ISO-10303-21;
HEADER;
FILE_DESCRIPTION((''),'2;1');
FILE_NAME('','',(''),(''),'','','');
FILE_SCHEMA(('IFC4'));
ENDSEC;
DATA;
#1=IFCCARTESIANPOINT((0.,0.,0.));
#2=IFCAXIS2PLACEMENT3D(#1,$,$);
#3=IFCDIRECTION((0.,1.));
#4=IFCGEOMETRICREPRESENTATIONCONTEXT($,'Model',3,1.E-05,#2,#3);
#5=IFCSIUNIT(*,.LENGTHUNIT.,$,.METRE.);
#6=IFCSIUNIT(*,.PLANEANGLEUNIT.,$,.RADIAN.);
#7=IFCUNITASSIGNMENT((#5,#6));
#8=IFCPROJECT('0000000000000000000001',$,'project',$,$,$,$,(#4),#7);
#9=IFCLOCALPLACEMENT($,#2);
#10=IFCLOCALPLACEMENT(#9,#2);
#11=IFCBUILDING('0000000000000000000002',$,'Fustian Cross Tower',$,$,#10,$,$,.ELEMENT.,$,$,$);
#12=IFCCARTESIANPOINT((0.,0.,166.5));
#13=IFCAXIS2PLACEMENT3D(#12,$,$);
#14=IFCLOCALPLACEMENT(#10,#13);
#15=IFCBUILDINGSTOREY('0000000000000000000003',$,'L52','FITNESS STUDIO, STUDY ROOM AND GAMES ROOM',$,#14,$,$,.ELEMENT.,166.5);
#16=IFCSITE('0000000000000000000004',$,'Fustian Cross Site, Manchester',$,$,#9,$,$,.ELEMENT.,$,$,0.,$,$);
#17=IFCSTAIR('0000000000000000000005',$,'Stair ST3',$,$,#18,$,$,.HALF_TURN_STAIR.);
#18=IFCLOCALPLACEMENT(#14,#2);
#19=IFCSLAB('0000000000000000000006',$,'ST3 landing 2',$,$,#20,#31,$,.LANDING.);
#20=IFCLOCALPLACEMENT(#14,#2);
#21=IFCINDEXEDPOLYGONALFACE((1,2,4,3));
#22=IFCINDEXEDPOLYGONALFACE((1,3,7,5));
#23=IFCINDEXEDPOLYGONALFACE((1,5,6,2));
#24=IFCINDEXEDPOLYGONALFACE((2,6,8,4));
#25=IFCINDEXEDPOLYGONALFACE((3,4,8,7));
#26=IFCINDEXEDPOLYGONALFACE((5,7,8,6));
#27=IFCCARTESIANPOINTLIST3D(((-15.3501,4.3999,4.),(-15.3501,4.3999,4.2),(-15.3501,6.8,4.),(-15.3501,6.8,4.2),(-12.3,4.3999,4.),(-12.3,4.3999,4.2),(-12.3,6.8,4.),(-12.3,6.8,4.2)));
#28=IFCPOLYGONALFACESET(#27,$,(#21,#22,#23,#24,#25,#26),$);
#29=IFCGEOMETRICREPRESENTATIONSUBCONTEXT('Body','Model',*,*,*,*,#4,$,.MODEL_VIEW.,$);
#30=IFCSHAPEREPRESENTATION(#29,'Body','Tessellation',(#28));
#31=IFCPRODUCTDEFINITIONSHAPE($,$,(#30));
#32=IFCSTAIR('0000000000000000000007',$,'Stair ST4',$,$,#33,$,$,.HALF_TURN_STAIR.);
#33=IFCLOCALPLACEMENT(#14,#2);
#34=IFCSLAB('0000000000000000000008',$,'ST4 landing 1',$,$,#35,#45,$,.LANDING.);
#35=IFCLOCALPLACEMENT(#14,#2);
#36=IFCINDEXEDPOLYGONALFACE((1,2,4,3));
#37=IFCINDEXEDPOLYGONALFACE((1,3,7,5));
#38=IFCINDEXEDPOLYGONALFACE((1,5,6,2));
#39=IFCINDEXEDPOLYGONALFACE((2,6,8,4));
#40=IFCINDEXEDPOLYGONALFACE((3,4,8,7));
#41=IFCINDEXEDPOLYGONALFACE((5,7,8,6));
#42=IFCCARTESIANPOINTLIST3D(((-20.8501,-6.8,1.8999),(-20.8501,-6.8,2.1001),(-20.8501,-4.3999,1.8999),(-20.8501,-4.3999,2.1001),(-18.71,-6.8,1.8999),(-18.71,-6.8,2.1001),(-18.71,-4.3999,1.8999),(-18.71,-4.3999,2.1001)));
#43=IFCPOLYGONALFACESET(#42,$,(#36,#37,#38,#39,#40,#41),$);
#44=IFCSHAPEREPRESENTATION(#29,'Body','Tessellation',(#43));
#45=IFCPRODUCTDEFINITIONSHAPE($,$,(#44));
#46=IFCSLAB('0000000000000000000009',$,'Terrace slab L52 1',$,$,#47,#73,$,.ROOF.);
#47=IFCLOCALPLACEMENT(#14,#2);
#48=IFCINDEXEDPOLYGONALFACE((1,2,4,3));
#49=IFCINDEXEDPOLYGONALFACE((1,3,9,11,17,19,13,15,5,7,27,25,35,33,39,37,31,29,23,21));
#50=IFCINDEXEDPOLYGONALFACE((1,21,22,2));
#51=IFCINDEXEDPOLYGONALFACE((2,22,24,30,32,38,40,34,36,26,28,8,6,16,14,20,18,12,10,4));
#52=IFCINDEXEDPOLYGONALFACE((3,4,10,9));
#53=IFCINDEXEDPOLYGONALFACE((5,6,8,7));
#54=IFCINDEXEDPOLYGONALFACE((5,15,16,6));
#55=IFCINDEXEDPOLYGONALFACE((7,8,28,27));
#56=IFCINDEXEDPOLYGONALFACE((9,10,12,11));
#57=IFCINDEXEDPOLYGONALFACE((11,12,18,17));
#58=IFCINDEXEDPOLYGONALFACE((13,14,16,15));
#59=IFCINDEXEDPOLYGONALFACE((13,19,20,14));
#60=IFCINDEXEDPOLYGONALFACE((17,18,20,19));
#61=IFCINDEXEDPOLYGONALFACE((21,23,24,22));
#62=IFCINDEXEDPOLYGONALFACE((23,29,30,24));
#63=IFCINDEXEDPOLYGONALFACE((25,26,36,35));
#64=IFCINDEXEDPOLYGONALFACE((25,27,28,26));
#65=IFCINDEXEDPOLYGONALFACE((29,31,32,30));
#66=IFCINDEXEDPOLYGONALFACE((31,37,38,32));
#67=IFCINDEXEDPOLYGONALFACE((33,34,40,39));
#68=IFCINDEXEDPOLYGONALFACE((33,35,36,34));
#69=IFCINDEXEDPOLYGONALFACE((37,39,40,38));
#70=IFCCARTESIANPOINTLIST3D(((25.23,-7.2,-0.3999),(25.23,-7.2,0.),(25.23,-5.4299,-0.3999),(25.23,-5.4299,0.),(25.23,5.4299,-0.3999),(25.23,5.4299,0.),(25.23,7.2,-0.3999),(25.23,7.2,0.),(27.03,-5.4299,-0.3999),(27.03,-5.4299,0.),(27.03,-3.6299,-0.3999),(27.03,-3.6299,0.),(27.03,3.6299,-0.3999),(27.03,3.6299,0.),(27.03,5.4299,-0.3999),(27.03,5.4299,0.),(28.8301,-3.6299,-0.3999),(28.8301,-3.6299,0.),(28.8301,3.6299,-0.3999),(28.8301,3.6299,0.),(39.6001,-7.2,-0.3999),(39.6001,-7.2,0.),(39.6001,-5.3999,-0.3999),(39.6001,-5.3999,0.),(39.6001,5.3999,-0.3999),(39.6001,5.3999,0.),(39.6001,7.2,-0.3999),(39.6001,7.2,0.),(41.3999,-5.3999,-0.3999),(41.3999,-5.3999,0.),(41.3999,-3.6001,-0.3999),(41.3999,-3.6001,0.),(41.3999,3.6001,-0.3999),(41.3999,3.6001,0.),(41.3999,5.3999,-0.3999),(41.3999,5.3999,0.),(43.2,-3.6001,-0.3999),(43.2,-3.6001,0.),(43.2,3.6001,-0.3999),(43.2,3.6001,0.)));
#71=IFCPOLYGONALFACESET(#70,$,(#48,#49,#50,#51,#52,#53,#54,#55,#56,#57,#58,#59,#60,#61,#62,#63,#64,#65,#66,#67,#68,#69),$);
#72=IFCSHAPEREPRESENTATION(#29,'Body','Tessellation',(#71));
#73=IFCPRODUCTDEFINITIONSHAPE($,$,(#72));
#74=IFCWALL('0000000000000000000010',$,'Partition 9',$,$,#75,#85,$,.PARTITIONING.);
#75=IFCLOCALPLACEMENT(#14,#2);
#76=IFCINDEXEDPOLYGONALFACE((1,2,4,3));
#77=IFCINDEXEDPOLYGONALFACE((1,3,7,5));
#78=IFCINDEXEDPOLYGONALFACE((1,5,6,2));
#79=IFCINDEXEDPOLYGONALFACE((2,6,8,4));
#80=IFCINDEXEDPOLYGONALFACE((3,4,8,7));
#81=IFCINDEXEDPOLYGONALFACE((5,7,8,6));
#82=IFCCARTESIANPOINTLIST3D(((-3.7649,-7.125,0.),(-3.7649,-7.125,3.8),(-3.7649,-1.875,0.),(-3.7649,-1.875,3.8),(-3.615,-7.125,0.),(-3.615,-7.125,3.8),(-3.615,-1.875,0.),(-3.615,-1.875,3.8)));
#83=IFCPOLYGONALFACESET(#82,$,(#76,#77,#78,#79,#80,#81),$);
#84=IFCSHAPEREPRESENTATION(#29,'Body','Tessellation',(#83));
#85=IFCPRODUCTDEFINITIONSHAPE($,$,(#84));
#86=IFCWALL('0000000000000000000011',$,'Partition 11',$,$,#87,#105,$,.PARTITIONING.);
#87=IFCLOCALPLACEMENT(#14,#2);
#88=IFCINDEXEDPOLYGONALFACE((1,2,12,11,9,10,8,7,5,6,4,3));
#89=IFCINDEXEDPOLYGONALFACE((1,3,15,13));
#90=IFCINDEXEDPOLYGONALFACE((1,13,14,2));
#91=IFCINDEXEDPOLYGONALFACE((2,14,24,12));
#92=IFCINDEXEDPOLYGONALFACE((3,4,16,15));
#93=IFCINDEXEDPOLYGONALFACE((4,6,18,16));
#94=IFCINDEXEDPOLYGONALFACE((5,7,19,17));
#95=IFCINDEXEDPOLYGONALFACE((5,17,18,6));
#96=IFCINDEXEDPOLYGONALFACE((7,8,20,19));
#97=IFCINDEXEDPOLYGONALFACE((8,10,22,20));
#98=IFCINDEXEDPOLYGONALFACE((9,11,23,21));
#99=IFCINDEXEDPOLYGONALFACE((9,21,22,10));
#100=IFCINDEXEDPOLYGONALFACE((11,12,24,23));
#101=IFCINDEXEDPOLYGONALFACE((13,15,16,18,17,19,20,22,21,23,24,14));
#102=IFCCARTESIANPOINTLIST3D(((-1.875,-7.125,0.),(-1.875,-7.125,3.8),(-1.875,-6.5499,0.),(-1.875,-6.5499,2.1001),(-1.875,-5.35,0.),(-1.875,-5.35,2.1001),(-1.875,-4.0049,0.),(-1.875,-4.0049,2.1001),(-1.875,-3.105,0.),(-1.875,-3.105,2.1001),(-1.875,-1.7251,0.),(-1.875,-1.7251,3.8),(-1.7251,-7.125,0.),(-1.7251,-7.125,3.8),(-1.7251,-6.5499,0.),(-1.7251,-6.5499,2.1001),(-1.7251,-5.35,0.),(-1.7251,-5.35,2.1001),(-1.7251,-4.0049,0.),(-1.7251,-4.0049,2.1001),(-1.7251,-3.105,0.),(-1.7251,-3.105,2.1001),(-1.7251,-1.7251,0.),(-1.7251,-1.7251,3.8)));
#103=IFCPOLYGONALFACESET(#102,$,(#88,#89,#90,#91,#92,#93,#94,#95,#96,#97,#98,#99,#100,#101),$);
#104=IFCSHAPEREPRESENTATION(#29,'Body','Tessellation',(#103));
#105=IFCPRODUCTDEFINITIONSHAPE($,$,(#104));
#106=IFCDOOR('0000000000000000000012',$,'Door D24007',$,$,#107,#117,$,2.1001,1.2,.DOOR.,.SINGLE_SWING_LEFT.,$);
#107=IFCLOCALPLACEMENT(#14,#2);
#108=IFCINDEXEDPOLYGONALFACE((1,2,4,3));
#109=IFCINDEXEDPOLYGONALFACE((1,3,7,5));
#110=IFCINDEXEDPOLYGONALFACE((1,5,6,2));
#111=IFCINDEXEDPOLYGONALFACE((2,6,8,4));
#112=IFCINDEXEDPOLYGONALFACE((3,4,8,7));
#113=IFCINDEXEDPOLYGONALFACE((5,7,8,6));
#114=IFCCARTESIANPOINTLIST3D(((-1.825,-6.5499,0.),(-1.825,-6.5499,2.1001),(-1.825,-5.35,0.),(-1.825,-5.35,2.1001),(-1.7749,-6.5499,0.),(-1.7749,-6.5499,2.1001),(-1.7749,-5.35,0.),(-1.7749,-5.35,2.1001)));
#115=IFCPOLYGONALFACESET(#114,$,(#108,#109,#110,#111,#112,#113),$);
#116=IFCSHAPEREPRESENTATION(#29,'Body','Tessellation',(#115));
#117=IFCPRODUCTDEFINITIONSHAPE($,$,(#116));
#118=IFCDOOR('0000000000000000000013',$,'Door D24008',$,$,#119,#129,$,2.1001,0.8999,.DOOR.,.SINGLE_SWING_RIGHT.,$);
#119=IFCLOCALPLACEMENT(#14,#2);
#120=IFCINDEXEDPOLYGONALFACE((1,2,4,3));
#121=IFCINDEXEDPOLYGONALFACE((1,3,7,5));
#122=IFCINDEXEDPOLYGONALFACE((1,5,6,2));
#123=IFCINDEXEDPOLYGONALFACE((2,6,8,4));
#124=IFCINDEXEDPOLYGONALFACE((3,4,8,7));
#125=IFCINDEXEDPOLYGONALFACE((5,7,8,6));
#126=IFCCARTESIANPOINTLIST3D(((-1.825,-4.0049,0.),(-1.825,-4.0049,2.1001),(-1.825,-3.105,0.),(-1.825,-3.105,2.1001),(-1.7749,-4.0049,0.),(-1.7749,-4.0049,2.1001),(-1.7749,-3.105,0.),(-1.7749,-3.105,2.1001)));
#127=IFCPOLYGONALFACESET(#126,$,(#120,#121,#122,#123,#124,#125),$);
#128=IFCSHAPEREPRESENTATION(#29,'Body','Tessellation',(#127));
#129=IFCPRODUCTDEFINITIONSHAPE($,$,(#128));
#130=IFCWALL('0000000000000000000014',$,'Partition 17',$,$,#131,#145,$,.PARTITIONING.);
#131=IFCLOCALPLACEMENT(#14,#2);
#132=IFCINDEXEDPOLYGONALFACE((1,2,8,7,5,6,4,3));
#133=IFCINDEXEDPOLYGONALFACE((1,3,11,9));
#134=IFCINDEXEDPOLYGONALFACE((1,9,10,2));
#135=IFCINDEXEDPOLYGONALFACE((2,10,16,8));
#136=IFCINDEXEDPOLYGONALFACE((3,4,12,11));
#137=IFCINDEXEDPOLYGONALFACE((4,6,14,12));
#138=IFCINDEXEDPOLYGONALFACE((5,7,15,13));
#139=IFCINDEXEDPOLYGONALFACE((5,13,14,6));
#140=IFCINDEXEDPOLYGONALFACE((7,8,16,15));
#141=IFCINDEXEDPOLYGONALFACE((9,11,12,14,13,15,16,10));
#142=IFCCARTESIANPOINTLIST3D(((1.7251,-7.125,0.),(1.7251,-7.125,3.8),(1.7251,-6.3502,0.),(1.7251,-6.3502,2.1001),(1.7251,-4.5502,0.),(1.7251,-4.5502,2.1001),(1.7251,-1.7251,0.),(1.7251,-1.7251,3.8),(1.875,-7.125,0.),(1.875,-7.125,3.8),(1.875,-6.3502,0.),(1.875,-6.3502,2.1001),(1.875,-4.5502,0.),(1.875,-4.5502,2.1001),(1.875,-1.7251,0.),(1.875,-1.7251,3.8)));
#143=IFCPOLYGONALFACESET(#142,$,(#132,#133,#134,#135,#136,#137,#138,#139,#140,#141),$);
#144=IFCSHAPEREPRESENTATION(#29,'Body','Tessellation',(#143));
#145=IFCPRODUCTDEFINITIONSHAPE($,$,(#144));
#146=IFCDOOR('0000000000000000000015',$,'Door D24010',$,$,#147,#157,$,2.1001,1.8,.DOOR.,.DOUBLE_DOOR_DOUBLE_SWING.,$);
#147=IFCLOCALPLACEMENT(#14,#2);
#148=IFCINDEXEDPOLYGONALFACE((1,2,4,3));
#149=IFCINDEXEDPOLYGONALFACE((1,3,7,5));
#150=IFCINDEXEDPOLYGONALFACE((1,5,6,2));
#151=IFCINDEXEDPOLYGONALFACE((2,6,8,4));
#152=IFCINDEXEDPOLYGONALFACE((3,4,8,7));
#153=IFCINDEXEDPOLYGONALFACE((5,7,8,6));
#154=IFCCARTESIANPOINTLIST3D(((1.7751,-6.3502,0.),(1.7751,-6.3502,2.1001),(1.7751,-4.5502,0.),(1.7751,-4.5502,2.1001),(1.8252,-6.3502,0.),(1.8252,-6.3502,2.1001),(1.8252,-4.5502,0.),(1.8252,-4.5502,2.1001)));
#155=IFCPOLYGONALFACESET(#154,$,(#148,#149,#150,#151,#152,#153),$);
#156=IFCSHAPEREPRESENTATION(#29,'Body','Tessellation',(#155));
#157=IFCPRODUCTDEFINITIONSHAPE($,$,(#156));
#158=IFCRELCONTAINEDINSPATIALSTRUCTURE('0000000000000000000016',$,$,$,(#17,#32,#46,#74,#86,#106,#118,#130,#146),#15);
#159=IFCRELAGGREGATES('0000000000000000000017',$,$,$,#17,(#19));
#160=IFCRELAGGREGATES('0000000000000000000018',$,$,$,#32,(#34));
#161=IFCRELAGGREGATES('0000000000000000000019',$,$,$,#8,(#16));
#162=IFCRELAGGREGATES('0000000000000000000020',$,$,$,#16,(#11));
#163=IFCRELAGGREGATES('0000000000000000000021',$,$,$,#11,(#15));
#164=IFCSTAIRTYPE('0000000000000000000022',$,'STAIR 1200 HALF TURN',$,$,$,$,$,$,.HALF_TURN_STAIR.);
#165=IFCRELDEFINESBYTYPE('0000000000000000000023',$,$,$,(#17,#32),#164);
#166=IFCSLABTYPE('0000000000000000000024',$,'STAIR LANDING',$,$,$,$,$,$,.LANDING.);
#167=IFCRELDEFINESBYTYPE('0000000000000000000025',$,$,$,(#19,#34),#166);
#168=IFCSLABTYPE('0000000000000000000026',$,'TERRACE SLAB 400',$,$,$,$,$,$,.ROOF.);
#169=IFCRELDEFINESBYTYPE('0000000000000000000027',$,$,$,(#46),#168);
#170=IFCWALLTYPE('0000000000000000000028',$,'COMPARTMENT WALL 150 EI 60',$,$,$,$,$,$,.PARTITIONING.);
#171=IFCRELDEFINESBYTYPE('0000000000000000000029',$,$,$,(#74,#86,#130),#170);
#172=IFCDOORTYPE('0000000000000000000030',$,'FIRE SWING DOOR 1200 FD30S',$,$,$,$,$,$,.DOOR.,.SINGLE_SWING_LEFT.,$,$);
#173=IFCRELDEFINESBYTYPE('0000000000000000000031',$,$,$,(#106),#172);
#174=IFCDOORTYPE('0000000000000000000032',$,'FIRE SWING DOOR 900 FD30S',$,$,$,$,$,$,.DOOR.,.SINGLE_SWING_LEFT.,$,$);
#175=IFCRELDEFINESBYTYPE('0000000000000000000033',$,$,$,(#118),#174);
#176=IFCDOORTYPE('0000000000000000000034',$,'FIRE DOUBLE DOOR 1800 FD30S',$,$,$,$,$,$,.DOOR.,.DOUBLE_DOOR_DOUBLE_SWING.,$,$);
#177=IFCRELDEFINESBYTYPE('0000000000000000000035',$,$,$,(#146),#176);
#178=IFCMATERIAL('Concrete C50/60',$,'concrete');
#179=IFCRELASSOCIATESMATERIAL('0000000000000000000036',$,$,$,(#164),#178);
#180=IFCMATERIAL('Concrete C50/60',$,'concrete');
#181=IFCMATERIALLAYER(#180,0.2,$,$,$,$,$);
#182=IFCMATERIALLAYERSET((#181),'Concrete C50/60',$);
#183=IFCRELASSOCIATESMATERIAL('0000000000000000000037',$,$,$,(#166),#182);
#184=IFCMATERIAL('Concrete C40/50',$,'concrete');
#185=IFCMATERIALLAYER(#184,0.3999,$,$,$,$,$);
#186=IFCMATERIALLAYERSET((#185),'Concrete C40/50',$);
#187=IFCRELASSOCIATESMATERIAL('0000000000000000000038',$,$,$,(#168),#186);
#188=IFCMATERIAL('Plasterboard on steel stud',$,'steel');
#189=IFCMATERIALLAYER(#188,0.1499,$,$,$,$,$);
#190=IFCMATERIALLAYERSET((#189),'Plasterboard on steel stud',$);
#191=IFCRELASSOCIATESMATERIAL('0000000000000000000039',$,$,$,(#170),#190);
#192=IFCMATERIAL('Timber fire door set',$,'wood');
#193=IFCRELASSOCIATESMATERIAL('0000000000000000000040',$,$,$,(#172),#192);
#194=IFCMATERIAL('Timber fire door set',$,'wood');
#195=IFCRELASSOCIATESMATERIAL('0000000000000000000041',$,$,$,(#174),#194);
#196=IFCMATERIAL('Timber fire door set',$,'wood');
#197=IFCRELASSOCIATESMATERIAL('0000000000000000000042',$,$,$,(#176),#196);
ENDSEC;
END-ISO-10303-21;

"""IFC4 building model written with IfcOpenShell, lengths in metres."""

from ifc_helpers import new_model, si_unit, direction, frame, frame_2d, origin, place, context, subcontext, project, spatial, polyline, rectangle, outline, extrude, material, layer, layer_set, type_object, element, fill, aggregate, save


model = new_model("IFC4")

# Units and contexts
model_context = context("Model", 3, precision=1e-05, world=origin(), true_north=direction((0.0, 1.0)))
body_context = subcontext(model_context, "Body", "Model", "MODEL_VIEW")
ifc_project = project(units=[si_unit("LENGTHUNIT", "METRE"), si_unit("PLANEANGLEUNIT", "RADIAN")], contexts=[model_context])

# Site, building, storey
site_placement = place(None, origin())
site = spatial("IfcSite", under=ifc_project, at=site_placement, Name="Fustian Cross Site, Manchester", CompositionType="ELEMENT", RefElevation=0.0)
building_placement = place(site_placement, origin())
building = spatial("IfcBuilding", under=site, at=building_placement, Name="Fustian Cross Tower", CompositionType="ELEMENT")
storey_placement = place(building_placement, frame((0.0, 0.0, 166.5)))
storey = spatial("IfcBuildingStorey", under=building, at=storey_placement, Name="L52", Description="FITNESS STUDIO, STUDY ROOM AND GAMES ROOM", CompositionType="ELEMENT", Elevation=166.5)

# Stair, slab
ifc_material_1 = material(Name="Concrete C50/60", Category="concrete")
stair_type = type_object("IfcStairType", Name="STAIR 1200 HALF TURN", PredefinedType="HALF_TURN_STAIR", material=ifc_material_1)
ifc_material_2 = material(Name="Concrete C50/60", Category="concrete")
ifc_layer_1 = layer(ifc_material_2, 0.2)
ifc_layer_set_1 = layer_set([ifc_layer_1], Name="Concrete C50/60")
slab_type_1 = type_object("IfcSlabType", Name="STAIR LANDING", PredefinedType="LANDING", material=ifc_layer_set_1)
stair_1_placement = place(storey_placement, origin())
stair_1 = element("IfcStair", 1, at=stair_1_placement, inside=storey, type_object=stair_type, Name="Stair ST3", PredefinedType="HALF_TURN_STAIR")
slab_1_placement = place(storey_placement, frame((0.0, 0.0, 4.0)))
slab_1 = element("IfcSlab", 2, at=slab_1_placement, type_object=slab_type_1, Name="ST3 landing 2", PredefinedType="LANDING", context=body_context, shape_type="SweptSolid", body=[
    extrude(outline(polyline([(-12.3, 4.3999), (-15.3501, 4.3999), (-15.3501, 6.8), (-12.3, 6.8), (-12.3, 4.3999)])), origin(), (0.0, 0.0, 1.0), 0.2),
])
aggregate(stair_1, [slab_1])

# Stair, slab
stair_2_placement = place(storey_placement, origin())
stair_2 = element("IfcStair", 3, at=stair_2_placement, inside=storey, type_object=stair_type, Name="Stair ST4", PredefinedType="HALF_TURN_STAIR")
slab_2_placement = place(storey_placement, frame((0.0, 0.0, 1.8999)))
slab_2 = element("IfcSlab", 4, at=slab_2_placement, type_object=slab_type_1, Name="ST4 landing 1", PredefinedType="LANDING", context=body_context, shape_type="SweptSolid", body=[
    extrude(outline(polyline([(-18.71, -4.3999), (-20.8501, -4.3999), (-20.8501, -6.8), (-18.71, -6.8), (-18.71, -4.3999)])), origin(), (0.0, 0.0, 1.0), 0.2002),
])
aggregate(stair_2, [slab_2])

# Slab
ifc_material_3 = material(Name="Concrete C40/50", Category="concrete")
ifc_layer_2 = layer(ifc_material_3, 0.3999)
ifc_layer_set_2 = layer_set([ifc_layer_2], Name="Concrete C40/50")
slab_type_2 = type_object("IfcSlabType", Name="TERRACE SLAB 400", PredefinedType="ROOF", material=ifc_layer_set_2)
slab_3_placement = place(storey_placement, frame((0.0, 0.0, -0.3999)))
element("IfcSlab", 5, at=slab_3_placement, inside=storey, type_object=slab_type_2, Name="Terrace slab L52 1", PredefinedType="ROOF", context=body_context, shape_type="SweptSolid", body=[
    extrude(outline(polyline([(39.6001, 5.3999), (39.6001, 7.2), (25.23, 7.2), (25.23, 5.4299), (27.03, 5.4299), (27.03, 3.6299), (28.8301, 3.6299), (28.8301, -3.6299), (27.03, -3.6299), (27.03, -5.4299), (25.23, -5.4299), (25.23, -7.2), (39.6001, -7.2), (39.6001, -5.3999), (41.3999, -5.3999), (41.3999, -3.6001), (43.2, -3.6001), (43.2, 3.6001), (41.3999, 3.6001), (41.3999, 5.3999), (39.6001, 5.3999)])), origin(), (0.0, 0.0, 1.0), 0.3999),
])

# Wall
ifc_material_4 = material(Name="Plasterboard on steel stud", Category="steel")
ifc_layer_3 = layer(ifc_material_4, 0.1499)
ifc_layer_set_3 = layer_set([ifc_layer_3], Name="Plasterboard on steel stud")
wall_type_1 = type_object("IfcWallType", Name="COMPARTMENT WALL 150 EI 60", PredefinedType="PARTITIONING", material=ifc_layer_set_3)
wall_1_placement = place(storey_placement, frame((-3.6899, -7.125, 0.0), z_axis=(0.0, 0.0, 1.0), x_axis=(0.0, 1.0, 0.0)))
element("IfcWall", 6, at=wall_1_placement, inside=storey, type_object=wall_type_1, Name="Partition 9", PredefinedType="PARTITIONING", context=body_context, shape_type="SweptSolid", body=[
    extrude(rectangle(XDim=5.25, YDim=0.1499, at=frame_2d((2.625, 0.0))), origin(), (0.0, 0.0, 1.0), 3.8),
])

# Wall, openings, doors
wall_2_placement = place(storey_placement, frame((-1.8, -7.125, 0.0), z_axis=(0.0, 0.0, 1.0), x_axis=(0.0, 1.0, 0.0)))
wall_2 = element("IfcWall", 7, at=wall_2_placement, inside=storey, type_object=wall_type_1, Name="Partition 11", PredefinedType="PARTITIONING", context=body_context, shape_type="SweptSolid", body=[
    extrude(rectangle(XDim=5.3999, YDim=0.1499, at=frame_2d((2.7, 0.0))), origin(), (0.0, 0.0, 1.0), 3.8),
])
opening_1_placement = place(wall_2_placement, frame((0.575, 0.0, 0.0)))
opening_1 = element("IfcOpeningElement", 8, at=opening_1_placement, cuts=wall_2, PredefinedType="OPENING", context=body_context, shape_type="SweptSolid", body=[
    extrude(rectangle(XDim=1.2, YDim=2.1001, at=frame_2d((0.6001, 1.05))), frame((0.0, 0.085, 0.0), z_axis=(0.0, -1.0, 0.0), x_axis=(1.0, 0.0, 0.0)), (0.0, 0.0, 1.0), 0.1699),
])
opening_2_placement = place(wall_2_placement, frame((3.1201, 0.0, 0.0)))
opening_2 = element("IfcOpeningElement", 9, at=opening_2_placement, cuts=wall_2, PredefinedType="OPENING", context=body_context, shape_type="SweptSolid", body=[
    extrude(rectangle(XDim=0.8999, YDim=2.1001, at=frame_2d((0.45, 1.05))), frame((0.0, 0.085, 0.0), z_axis=(0.0, -1.0, 0.0), x_axis=(1.0, 0.0, 0.0)), (0.0, 0.0, 1.0), 0.1699),
])
ifc_material_5 = material(Name="Timber fire door set", Category="wood")
door_type_1 = type_object("IfcDoorType", Name="FIRE SWING DOOR 1200 FD30S", OperationType="SINGLE_SWING_LEFT", PredefinedType="DOOR", material=ifc_material_5)
door_1_placement = place(opening_1_placement, origin())
door_1 = element("IfcDoor", 10, at=door_1_placement, inside=storey, type_object=door_type_1, Name="Door D24007", OperationType="SINGLE_SWING_LEFT", OverallHeight=2.1001, OverallWidth=1.2, PredefinedType="DOOR", context=body_context, shape_type="SweptSolid", body=[
    extrude(rectangle(XDim=1.2, YDim=2.1001, at=frame_2d((0.6001, 1.05))), frame((0.0, 0.0249, 0.0), z_axis=(0.0, -1.0, 0.0), x_axis=(1.0, 0.0, 0.0)), (0.0, 0.0, 1.0), 0.05),
])
fill(opening_1, door_1)
ifc_material_6 = material(Name="Timber fire door set", Category="wood")
door_type_2 = type_object("IfcDoorType", Name="FIRE SWING DOOR 900 FD30S", OperationType="SINGLE_SWING_LEFT", PredefinedType="DOOR", material=ifc_material_6)
door_2_placement = place(opening_2_placement, origin())
door_2 = element("IfcDoor", 11, at=door_2_placement, inside=storey, type_object=door_type_2, Name="Door D24008", OperationType="SINGLE_SWING_RIGHT", OverallHeight=2.1001, OverallWidth=0.8999, PredefinedType="DOOR", context=body_context, shape_type="SweptSolid", body=[
    extrude(rectangle(XDim=0.8999, YDim=2.1001, at=frame_2d((0.45, 1.05))), frame((0.0, 0.0249, 0.0), z_axis=(0.0, -1.0, 0.0), x_axis=(1.0, 0.0, 0.0)), (0.0, 0.0, 1.0), 0.05),
])
fill(opening_2, door_2)

# Wall, opening, door
wall_3_placement = place(storey_placement, frame((1.8, -7.125, 0.0), z_axis=(0.0, 0.0, 1.0), x_axis=(0.0, 1.0, 0.0)))
wall_3 = element("IfcWall", 12, at=wall_3_placement, inside=storey, type_object=wall_type_1, Name="Partition 17", PredefinedType="PARTITIONING", context=body_context, shape_type="SweptSolid", body=[
    extrude(rectangle(XDim=5.3999, YDim=0.1499, at=frame_2d((2.7, 0.0))), origin(), (0.0, 0.0, 1.0), 3.8),
])
opening_3_placement = place(wall_3_placement, frame((0.7749, 0.0, 0.0)))
opening_3 = element("IfcOpeningElement", 13, at=opening_3_placement, cuts=wall_3, PredefinedType="OPENING", context=body_context, shape_type="SweptSolid", body=[
    extrude(rectangle(XDim=1.8, YDim=2.1001, at=frame_2d((0.8999, 1.05))), frame((0.0, 0.085, 0.0), z_axis=(0.0, -1.0, 0.0), x_axis=(1.0, 0.0, 0.0)), (0.0, 0.0, 1.0), 0.1699),
])
ifc_material_7 = material(Name="Timber fire door set", Category="wood")
door_type_3 = type_object("IfcDoorType", Name="FIRE DOUBLE DOOR 1800 FD30S", OperationType="DOUBLE_DOOR_DOUBLE_SWING", PredefinedType="DOOR", material=ifc_material_7)
door_3_placement = place(opening_3_placement, origin())
door_3 = element("IfcDoor", 14, at=door_3_placement, inside=storey, type_object=door_type_3, Name="Door D24010", OperationType="DOUBLE_DOOR_DOUBLE_SWING", OverallHeight=2.1001, OverallWidth=1.8, PredefinedType="DOOR", context=body_context, shape_type="SweptSolid", body=[
    extrude(rectangle(XDim=1.8, YDim=2.1001, at=frame_2d((0.8999, 1.05))), frame((0.0, 0.0249, 0.0), z_axis=(0.0, -1.0, 0.0), x_axis=(1.0, 0.0, 0.0)), (0.0, 0.0, 1.0), 0.05),
])
fill(opening_3, door_3)

save(model, "model.ifc")
